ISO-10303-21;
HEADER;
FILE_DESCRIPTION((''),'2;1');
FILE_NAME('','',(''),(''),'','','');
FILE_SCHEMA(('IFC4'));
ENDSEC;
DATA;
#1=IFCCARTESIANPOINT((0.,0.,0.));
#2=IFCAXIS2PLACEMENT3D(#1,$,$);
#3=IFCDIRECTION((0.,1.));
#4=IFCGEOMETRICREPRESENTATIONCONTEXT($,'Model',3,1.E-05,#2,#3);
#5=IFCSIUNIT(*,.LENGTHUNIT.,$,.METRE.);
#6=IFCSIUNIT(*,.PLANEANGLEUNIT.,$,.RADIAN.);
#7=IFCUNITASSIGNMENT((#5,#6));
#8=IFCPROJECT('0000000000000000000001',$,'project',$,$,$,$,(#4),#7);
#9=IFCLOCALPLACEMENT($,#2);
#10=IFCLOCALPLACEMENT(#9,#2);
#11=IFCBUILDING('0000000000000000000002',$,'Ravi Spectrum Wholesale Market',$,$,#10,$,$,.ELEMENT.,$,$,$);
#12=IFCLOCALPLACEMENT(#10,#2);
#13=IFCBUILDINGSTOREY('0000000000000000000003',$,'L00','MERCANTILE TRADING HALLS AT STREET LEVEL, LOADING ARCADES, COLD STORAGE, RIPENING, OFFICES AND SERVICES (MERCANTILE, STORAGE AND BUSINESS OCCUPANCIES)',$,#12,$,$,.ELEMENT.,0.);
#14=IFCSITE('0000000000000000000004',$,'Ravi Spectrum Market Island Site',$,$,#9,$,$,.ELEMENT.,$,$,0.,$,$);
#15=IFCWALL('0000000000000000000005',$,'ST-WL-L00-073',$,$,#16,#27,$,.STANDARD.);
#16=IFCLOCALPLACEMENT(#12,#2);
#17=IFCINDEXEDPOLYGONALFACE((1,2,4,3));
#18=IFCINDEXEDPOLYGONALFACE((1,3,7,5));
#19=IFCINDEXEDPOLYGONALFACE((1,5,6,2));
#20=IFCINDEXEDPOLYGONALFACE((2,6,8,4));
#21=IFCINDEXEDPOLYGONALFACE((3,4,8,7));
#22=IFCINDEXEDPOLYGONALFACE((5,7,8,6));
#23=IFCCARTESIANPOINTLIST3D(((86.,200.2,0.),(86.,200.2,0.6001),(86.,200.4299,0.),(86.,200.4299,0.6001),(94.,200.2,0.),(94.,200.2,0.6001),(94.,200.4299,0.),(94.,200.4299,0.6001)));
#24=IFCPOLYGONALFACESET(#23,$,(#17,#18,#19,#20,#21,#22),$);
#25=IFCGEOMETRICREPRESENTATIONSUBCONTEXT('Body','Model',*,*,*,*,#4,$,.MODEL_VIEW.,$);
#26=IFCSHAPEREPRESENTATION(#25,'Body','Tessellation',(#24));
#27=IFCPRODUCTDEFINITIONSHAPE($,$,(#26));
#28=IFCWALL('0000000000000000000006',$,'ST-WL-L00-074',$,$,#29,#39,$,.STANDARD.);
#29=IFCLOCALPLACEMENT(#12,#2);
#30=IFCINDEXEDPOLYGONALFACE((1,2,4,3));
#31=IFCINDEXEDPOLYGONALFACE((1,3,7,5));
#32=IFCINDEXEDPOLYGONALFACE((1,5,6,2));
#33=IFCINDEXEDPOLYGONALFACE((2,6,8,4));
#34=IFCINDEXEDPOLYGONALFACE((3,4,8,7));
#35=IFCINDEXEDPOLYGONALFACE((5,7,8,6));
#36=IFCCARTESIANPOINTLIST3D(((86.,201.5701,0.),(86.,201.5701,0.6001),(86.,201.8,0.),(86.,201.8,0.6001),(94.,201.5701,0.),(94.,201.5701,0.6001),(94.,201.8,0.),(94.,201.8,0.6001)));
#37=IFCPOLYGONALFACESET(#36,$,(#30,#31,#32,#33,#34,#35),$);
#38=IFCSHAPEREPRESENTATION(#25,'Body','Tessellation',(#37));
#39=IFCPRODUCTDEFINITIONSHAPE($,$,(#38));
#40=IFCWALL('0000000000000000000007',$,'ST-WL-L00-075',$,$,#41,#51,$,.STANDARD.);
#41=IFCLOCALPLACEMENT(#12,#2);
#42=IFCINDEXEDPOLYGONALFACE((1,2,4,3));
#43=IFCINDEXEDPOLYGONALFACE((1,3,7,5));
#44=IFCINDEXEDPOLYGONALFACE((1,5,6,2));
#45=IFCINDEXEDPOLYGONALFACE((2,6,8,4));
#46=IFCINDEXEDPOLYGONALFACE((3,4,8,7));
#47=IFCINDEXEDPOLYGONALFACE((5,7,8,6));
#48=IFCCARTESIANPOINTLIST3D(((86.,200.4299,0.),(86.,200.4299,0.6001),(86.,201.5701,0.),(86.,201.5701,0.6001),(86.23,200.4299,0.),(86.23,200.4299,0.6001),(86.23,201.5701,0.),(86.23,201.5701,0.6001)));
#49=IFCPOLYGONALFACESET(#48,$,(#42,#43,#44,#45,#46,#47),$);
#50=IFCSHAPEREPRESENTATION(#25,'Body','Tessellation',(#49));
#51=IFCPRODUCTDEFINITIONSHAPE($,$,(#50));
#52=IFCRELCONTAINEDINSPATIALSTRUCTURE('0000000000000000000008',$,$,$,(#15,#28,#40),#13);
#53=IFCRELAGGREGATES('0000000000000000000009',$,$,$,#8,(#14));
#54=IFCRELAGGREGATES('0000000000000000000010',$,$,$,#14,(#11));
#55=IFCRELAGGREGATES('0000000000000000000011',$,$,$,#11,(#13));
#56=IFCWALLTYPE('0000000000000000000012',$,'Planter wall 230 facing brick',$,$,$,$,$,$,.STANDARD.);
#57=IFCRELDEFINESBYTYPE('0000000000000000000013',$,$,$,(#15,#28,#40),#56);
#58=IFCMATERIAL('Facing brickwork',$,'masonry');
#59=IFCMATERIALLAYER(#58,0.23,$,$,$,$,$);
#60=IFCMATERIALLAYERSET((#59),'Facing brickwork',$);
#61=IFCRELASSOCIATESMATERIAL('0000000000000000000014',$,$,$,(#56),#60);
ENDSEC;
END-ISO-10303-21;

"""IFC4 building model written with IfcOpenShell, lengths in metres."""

from ifc_helpers import new_model, si_unit, direction, frame, frame_2d, origin, place, context, subcontext, project, spatial, rectangle, extrude, material, layer, layer_set, type_object, element, save


model = new_model("IFC4")

# Units and contexts
model_context = context("Model", 3, precision=1e-05, world=origin(), true_north=direction((0.0, 1.0)))
body_context = subcontext(model_context, "Body", "Model", "MODEL_VIEW")
ifc_project = project(units=[si_unit("LENGTHUNIT", "METRE"), si_unit("PLANEANGLEUNIT", "RADIAN")], contexts=[model_context])

# Site, building, storey
site_placement = place(None, origin())
site = spatial("IfcSite", under=ifc_project, at=site_placement, Name="Ravi Spectrum Market Island Site", CompositionType="ELEMENT", RefElevation=0.0)
building_placement = place(site_placement, origin())
building = spatial("IfcBuilding", under=site, at=building_placement, Name="Ravi Spectrum Wholesale Market", CompositionType="ELEMENT")
storey_placement = place(building_placement, origin())
storey = spatial("IfcBuildingStorey", under=building, at=storey_placement, Name="L00", Description="MERCANTILE TRADING HALLS AT STREET LEVEL, LOADING ARCADES, COLD STORAGE, RIPENING, OFFICES AND SERVICES (MERCANTILE, STORAGE AND BUSINESS OCCUPANCIES)", CompositionType="ELEMENT", Elevation=0.0)

# Walls
ifc_material_1 = material(Name="Facing brickwork", Category="masonry")
ifc_layer_1 = layer(ifc_material_1, 0.23)
ifc_layer_set_1 = layer_set([ifc_layer_1], Name="Facing brickwork")
wall_type_1 = type_object("IfcWallType", Name="Planter wall 230 facing brick", PredefinedType="STANDARD", material=ifc_layer_set_1)
for number, where, z_axis, x_axis, name in (
    (1, (86.0, 200.3149, 0.0), (0.0, 0.0, 1.0), (1.0, 0.0, 0.0), "ST-WL-L00-073"),
    (2, (86.0, 201.6851, 0.0), (0.0, 0.0, 1.0), (1.0, 0.0, 0.0), "ST-WL-L00-074"),
):
    element("IfcWall", number, at=place(storey_placement, frame(where, z_axis=z_axis, x_axis=x_axis)), inside=storey, type_object=wall_type_1, Name=name, PredefinedType="STANDARD", context=body_context, shape_type="SweptSolid", body=[
        extrude(rectangle(XDim=8.0, YDim=0.23, at=frame_2d((4.0, 0.0))), origin(), (0.0, 0.0, 1.0), 0.6001),
    ])
wall_1_placement = place(storey_placement, frame((86.115, 200.4299, 0.0), z_axis=(0.0, 0.0, 1.0), x_axis=(0.0, 1.0, 0.0)))
element("IfcWall", 3, at=wall_1_placement, inside=storey, type_object=wall_type_1, Name="ST-WL-L00-075", PredefinedType="STANDARD", context=body_context, shape_type="SweptSolid", body=[
    extrude(rectangle(XDim=1.1401, YDim=0.23, at=frame_2d((0.5701, 0.0))), origin(), (0.0, 0.0, 1.0), 0.6001),
])

save(model, "model.ifc")
